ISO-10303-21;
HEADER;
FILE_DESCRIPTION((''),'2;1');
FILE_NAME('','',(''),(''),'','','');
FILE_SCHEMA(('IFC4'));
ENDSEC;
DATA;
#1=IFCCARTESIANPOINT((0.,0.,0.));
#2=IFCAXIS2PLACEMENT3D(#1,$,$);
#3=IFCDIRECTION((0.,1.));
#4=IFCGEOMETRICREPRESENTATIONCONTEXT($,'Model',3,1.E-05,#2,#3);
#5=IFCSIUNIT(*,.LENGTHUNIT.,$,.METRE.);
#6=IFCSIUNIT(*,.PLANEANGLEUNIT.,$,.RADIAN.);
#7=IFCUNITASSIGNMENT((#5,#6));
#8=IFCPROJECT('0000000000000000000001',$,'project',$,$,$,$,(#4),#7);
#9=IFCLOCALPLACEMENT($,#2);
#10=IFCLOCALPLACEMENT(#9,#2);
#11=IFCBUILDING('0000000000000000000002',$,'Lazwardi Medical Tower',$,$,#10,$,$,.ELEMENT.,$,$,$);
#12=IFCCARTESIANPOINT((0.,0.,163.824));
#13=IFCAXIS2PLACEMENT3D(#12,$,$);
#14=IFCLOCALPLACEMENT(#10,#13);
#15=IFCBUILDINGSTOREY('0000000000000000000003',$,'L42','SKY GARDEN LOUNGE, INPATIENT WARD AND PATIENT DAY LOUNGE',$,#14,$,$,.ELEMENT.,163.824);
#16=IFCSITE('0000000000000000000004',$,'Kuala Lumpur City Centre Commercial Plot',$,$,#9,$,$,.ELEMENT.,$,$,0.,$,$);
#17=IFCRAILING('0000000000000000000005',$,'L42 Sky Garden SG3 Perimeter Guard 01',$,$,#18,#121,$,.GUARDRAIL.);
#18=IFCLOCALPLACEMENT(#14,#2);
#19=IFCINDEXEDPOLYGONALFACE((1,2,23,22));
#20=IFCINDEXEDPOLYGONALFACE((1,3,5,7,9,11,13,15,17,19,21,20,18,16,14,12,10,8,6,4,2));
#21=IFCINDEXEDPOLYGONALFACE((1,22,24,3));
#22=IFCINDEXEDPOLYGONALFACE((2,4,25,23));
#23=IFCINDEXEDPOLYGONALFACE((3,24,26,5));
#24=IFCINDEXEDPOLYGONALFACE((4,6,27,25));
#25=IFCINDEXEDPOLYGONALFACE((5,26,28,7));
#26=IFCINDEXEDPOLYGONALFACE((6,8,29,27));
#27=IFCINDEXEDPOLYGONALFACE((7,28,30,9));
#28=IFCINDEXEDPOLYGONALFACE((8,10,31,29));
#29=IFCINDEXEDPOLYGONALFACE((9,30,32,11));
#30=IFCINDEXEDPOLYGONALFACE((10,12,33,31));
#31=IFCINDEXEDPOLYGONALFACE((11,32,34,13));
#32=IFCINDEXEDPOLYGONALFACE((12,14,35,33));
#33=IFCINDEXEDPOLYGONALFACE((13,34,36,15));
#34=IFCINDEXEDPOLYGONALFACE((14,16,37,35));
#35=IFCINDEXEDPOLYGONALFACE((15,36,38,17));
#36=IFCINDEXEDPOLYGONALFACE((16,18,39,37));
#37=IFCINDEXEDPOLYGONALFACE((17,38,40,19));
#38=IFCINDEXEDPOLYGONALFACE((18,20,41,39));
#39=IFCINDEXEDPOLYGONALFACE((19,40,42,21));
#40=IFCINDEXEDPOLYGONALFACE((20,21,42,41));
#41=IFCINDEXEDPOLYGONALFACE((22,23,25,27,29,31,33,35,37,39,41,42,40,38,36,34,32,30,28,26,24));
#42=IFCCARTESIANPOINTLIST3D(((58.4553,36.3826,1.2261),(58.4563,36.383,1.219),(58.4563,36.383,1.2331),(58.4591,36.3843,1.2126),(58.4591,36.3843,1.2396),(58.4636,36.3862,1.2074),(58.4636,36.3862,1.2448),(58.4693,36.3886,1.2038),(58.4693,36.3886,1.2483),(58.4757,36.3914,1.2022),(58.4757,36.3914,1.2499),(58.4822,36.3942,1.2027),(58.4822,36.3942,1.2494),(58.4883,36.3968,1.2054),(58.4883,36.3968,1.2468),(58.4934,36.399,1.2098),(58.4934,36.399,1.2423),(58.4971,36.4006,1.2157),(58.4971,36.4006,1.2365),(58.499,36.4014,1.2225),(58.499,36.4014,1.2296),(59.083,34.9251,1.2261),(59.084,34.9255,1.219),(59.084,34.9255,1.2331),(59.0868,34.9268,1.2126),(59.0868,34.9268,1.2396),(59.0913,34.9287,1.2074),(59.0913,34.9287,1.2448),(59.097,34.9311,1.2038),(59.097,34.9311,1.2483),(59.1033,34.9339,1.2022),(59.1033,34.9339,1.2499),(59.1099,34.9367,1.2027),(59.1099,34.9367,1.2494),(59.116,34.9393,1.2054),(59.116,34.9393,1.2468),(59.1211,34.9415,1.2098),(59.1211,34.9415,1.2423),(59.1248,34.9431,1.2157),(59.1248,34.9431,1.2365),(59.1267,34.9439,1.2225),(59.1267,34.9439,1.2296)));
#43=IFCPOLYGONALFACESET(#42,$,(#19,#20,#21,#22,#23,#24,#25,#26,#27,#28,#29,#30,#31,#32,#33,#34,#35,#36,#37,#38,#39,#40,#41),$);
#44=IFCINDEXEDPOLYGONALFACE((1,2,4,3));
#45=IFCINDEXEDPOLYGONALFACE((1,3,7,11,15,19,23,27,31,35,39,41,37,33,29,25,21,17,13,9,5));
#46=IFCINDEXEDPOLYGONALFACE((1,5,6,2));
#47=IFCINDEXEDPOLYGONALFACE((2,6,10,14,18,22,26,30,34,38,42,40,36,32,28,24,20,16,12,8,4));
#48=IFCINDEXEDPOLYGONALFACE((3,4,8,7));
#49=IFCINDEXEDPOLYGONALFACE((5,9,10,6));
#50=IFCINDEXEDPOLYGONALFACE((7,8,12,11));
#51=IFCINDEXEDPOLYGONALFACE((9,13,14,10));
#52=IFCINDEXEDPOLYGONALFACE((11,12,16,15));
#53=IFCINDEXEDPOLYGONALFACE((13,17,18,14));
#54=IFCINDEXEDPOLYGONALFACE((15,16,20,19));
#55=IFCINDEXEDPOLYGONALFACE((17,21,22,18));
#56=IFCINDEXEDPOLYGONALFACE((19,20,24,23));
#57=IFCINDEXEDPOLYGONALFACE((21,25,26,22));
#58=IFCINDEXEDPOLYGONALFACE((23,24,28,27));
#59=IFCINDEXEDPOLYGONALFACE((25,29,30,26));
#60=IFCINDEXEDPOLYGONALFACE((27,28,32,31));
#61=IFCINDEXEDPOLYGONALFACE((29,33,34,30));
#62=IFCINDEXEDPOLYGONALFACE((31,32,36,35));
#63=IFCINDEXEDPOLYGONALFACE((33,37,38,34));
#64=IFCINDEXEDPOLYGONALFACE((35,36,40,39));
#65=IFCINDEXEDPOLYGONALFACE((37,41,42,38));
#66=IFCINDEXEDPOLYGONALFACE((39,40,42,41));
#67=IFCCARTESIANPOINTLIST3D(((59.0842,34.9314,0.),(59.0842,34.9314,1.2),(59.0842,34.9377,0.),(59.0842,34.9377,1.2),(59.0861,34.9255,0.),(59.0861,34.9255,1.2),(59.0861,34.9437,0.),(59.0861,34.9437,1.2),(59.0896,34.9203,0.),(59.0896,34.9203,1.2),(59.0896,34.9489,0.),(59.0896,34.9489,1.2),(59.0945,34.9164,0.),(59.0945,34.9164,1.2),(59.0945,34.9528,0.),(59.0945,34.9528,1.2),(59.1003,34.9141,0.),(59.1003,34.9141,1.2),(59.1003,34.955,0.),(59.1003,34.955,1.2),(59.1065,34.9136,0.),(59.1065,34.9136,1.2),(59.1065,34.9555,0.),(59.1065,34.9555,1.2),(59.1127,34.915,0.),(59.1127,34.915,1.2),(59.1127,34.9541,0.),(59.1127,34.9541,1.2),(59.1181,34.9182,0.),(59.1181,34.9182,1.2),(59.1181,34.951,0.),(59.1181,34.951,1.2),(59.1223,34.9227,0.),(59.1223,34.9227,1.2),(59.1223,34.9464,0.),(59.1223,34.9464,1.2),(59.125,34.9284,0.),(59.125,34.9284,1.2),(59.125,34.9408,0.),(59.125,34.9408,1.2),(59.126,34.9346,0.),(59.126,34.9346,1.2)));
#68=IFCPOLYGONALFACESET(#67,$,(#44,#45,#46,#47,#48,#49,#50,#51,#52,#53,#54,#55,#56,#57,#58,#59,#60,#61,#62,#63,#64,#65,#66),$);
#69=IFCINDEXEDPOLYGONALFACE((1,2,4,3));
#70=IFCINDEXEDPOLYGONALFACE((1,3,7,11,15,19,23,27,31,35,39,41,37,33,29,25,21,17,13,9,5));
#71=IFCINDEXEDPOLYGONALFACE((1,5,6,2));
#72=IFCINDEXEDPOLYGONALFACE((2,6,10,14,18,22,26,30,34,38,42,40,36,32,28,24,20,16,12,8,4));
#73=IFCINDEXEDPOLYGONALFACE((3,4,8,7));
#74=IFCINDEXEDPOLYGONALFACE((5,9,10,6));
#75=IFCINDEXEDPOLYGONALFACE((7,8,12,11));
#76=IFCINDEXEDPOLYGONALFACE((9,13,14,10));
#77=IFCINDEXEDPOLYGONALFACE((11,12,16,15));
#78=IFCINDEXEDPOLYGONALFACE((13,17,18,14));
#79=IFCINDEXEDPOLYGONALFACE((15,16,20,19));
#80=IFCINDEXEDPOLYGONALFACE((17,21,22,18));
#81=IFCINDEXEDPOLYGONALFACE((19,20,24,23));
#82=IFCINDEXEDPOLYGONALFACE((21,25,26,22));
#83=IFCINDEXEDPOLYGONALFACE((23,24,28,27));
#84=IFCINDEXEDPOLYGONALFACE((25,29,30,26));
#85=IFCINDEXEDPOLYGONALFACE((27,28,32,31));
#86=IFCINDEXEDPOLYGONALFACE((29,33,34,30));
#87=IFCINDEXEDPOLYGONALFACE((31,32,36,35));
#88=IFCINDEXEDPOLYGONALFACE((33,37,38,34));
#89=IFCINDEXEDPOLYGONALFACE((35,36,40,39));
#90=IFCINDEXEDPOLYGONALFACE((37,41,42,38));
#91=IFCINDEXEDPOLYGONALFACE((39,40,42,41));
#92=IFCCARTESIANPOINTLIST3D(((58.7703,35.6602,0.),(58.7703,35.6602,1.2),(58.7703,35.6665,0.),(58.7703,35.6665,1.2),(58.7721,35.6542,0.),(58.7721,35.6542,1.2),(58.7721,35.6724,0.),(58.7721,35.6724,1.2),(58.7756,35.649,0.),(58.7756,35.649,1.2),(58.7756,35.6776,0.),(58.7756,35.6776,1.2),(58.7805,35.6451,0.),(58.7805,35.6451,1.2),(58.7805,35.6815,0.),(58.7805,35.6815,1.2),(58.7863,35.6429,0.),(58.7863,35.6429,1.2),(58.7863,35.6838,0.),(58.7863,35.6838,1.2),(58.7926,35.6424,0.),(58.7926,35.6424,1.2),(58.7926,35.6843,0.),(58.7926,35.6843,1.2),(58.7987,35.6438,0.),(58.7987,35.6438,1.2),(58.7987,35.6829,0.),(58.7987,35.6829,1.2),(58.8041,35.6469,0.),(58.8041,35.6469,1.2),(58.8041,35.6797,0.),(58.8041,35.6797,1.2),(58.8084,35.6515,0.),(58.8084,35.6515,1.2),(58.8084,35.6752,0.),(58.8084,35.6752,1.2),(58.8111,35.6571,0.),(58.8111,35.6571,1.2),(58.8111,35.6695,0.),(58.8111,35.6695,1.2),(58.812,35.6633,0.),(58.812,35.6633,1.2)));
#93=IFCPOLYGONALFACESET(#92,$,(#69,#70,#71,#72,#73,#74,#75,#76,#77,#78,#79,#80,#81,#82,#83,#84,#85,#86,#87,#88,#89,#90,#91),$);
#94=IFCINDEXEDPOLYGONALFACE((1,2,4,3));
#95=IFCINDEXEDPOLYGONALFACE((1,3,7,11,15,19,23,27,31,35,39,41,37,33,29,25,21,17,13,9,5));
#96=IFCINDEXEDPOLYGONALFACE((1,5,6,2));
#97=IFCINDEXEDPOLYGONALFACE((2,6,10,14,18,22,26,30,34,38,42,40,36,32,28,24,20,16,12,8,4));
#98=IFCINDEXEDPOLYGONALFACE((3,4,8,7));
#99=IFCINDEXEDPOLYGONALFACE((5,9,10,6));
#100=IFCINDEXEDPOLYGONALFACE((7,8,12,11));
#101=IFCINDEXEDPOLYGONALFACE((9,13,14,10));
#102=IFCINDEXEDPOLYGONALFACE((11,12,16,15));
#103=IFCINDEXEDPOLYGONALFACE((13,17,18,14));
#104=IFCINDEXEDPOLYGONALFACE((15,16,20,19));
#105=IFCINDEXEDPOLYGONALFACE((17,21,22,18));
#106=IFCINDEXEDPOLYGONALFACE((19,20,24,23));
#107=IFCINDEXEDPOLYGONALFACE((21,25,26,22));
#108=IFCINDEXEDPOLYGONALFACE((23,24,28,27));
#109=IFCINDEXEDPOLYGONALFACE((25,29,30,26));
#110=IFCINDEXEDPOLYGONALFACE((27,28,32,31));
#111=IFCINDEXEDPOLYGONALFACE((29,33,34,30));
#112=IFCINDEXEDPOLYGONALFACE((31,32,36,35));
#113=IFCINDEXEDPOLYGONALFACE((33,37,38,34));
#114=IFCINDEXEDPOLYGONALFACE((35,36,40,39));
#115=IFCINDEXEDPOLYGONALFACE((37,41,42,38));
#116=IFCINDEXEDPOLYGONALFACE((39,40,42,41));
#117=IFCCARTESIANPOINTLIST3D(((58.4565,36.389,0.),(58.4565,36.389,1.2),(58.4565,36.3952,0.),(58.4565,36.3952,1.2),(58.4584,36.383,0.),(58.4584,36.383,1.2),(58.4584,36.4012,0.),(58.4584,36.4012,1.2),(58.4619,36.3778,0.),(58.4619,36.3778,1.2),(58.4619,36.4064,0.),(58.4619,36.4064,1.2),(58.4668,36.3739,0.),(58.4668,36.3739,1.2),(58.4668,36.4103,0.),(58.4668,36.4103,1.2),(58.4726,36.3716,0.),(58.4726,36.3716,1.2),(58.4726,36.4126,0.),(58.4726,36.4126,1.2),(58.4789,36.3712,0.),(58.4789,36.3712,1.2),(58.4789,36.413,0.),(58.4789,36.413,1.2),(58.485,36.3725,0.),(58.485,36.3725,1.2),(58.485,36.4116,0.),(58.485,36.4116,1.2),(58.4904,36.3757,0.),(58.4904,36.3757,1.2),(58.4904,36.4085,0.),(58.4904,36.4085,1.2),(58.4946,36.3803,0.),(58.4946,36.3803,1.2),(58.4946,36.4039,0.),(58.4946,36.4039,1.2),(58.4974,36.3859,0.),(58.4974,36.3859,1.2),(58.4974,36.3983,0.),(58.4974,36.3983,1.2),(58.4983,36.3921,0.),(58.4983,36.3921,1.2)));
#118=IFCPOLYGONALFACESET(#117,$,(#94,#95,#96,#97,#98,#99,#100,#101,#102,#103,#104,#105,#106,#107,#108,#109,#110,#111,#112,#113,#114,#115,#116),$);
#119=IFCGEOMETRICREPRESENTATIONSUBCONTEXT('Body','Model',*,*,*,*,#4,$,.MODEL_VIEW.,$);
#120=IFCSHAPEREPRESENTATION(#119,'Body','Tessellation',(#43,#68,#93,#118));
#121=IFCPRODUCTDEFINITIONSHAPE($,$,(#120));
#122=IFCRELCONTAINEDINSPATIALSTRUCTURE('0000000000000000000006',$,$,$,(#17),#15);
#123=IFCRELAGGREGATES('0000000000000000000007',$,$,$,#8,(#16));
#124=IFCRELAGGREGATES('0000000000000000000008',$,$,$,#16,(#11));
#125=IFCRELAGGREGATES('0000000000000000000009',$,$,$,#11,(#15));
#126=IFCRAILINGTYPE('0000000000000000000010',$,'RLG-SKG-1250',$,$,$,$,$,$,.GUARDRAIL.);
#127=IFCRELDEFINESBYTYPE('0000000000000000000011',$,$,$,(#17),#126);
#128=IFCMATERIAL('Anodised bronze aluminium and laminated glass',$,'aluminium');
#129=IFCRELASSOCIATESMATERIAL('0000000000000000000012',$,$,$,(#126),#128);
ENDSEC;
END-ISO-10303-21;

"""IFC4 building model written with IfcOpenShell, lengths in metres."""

from ifc_helpers import new_model, si_unit, direction, frame, origin, origin_2d, place, context, subcontext, project, spatial, circle, extrude, material, type_object, element, save


model = new_model("IFC4")

# Units and contexts
model_context = context("Model", 3, precision=1e-05, world=origin(), true_north=direction((0.0, 1.0)))
body_context = subcontext(model_context, "Body", "Model", "MODEL_VIEW")
ifc_project = project(units=[si_unit("LENGTHUNIT", "METRE"), si_unit("PLANEANGLEUNIT", "RADIAN")], contexts=[model_context])

# Site, building, storey
site_placement = place(None, origin())
site = spatial("IfcSite", under=ifc_project, at=site_placement, Name="Kuala Lumpur City Centre Commercial Plot", CompositionType="ELEMENT", RefElevation=0.0)
building_placement = place(site_placement, origin())
building = spatial("IfcBuilding", under=site, at=building_placement, Name="Lazwardi Medical Tower", CompositionType="ELEMENT")
storey_placement = place(building_placement, frame((0.0, 0.0, 163.824)))
storey = spatial("IfcBuildingStorey", under=building, at=storey_placement, Name="L42", Description="SKY GARDEN LOUNGE, INPATIENT WARD AND PATIENT DAY LOUNGE", CompositionType="ELEMENT", Elevation=163.824)

# Shared definitions
ifc_material_1 = material(Name="Anodised bronze aluminium and laminated glass", Category="aluminium")

# Railing
railing_type = type_object("IfcRailingType", Name="RLG-SKG-1250", PredefinedType="GUARDRAIL", material=ifc_material_1)
railing_1_placement = place(storey_placement, frame((59.105, 34.9346, 0.0)))
element("IfcRailing", 1, at=railing_1_placement, inside=storey, type_object=railing_type, Name="L42 Sky Garden SG3 Perimeter Guard 01", PredefinedType="GUARDRAIL", context=body_context, shape_type="SweptSolid", body=[
    extrude(circle(Radius=0.0239, at=origin_2d()), frame((0.0, 0.0, 1.2261), z_axis=(-0.395534, 0.918451, 0.0), x_axis=(-0.918451, -0.395534, 0.0)), (0.0, 0.0, 1.0), 1.5869),
    extrude(circle(Radius=0.021, at=origin_2d()), origin(), (0.0, 0.0, 1.0), 1.2),
    extrude(circle(Radius=0.021, at=origin_2d()), frame((-0.314, 0.7288, 0.0)), (0.0, 0.0, 1.0), 1.2),
    extrude(circle(Radius=0.021, at=origin_2d()), frame((-0.6277, 1.4575, 0.0)), (0.0, 0.0, 1.0), 1.2),
])

save(model, "model.ifc")
